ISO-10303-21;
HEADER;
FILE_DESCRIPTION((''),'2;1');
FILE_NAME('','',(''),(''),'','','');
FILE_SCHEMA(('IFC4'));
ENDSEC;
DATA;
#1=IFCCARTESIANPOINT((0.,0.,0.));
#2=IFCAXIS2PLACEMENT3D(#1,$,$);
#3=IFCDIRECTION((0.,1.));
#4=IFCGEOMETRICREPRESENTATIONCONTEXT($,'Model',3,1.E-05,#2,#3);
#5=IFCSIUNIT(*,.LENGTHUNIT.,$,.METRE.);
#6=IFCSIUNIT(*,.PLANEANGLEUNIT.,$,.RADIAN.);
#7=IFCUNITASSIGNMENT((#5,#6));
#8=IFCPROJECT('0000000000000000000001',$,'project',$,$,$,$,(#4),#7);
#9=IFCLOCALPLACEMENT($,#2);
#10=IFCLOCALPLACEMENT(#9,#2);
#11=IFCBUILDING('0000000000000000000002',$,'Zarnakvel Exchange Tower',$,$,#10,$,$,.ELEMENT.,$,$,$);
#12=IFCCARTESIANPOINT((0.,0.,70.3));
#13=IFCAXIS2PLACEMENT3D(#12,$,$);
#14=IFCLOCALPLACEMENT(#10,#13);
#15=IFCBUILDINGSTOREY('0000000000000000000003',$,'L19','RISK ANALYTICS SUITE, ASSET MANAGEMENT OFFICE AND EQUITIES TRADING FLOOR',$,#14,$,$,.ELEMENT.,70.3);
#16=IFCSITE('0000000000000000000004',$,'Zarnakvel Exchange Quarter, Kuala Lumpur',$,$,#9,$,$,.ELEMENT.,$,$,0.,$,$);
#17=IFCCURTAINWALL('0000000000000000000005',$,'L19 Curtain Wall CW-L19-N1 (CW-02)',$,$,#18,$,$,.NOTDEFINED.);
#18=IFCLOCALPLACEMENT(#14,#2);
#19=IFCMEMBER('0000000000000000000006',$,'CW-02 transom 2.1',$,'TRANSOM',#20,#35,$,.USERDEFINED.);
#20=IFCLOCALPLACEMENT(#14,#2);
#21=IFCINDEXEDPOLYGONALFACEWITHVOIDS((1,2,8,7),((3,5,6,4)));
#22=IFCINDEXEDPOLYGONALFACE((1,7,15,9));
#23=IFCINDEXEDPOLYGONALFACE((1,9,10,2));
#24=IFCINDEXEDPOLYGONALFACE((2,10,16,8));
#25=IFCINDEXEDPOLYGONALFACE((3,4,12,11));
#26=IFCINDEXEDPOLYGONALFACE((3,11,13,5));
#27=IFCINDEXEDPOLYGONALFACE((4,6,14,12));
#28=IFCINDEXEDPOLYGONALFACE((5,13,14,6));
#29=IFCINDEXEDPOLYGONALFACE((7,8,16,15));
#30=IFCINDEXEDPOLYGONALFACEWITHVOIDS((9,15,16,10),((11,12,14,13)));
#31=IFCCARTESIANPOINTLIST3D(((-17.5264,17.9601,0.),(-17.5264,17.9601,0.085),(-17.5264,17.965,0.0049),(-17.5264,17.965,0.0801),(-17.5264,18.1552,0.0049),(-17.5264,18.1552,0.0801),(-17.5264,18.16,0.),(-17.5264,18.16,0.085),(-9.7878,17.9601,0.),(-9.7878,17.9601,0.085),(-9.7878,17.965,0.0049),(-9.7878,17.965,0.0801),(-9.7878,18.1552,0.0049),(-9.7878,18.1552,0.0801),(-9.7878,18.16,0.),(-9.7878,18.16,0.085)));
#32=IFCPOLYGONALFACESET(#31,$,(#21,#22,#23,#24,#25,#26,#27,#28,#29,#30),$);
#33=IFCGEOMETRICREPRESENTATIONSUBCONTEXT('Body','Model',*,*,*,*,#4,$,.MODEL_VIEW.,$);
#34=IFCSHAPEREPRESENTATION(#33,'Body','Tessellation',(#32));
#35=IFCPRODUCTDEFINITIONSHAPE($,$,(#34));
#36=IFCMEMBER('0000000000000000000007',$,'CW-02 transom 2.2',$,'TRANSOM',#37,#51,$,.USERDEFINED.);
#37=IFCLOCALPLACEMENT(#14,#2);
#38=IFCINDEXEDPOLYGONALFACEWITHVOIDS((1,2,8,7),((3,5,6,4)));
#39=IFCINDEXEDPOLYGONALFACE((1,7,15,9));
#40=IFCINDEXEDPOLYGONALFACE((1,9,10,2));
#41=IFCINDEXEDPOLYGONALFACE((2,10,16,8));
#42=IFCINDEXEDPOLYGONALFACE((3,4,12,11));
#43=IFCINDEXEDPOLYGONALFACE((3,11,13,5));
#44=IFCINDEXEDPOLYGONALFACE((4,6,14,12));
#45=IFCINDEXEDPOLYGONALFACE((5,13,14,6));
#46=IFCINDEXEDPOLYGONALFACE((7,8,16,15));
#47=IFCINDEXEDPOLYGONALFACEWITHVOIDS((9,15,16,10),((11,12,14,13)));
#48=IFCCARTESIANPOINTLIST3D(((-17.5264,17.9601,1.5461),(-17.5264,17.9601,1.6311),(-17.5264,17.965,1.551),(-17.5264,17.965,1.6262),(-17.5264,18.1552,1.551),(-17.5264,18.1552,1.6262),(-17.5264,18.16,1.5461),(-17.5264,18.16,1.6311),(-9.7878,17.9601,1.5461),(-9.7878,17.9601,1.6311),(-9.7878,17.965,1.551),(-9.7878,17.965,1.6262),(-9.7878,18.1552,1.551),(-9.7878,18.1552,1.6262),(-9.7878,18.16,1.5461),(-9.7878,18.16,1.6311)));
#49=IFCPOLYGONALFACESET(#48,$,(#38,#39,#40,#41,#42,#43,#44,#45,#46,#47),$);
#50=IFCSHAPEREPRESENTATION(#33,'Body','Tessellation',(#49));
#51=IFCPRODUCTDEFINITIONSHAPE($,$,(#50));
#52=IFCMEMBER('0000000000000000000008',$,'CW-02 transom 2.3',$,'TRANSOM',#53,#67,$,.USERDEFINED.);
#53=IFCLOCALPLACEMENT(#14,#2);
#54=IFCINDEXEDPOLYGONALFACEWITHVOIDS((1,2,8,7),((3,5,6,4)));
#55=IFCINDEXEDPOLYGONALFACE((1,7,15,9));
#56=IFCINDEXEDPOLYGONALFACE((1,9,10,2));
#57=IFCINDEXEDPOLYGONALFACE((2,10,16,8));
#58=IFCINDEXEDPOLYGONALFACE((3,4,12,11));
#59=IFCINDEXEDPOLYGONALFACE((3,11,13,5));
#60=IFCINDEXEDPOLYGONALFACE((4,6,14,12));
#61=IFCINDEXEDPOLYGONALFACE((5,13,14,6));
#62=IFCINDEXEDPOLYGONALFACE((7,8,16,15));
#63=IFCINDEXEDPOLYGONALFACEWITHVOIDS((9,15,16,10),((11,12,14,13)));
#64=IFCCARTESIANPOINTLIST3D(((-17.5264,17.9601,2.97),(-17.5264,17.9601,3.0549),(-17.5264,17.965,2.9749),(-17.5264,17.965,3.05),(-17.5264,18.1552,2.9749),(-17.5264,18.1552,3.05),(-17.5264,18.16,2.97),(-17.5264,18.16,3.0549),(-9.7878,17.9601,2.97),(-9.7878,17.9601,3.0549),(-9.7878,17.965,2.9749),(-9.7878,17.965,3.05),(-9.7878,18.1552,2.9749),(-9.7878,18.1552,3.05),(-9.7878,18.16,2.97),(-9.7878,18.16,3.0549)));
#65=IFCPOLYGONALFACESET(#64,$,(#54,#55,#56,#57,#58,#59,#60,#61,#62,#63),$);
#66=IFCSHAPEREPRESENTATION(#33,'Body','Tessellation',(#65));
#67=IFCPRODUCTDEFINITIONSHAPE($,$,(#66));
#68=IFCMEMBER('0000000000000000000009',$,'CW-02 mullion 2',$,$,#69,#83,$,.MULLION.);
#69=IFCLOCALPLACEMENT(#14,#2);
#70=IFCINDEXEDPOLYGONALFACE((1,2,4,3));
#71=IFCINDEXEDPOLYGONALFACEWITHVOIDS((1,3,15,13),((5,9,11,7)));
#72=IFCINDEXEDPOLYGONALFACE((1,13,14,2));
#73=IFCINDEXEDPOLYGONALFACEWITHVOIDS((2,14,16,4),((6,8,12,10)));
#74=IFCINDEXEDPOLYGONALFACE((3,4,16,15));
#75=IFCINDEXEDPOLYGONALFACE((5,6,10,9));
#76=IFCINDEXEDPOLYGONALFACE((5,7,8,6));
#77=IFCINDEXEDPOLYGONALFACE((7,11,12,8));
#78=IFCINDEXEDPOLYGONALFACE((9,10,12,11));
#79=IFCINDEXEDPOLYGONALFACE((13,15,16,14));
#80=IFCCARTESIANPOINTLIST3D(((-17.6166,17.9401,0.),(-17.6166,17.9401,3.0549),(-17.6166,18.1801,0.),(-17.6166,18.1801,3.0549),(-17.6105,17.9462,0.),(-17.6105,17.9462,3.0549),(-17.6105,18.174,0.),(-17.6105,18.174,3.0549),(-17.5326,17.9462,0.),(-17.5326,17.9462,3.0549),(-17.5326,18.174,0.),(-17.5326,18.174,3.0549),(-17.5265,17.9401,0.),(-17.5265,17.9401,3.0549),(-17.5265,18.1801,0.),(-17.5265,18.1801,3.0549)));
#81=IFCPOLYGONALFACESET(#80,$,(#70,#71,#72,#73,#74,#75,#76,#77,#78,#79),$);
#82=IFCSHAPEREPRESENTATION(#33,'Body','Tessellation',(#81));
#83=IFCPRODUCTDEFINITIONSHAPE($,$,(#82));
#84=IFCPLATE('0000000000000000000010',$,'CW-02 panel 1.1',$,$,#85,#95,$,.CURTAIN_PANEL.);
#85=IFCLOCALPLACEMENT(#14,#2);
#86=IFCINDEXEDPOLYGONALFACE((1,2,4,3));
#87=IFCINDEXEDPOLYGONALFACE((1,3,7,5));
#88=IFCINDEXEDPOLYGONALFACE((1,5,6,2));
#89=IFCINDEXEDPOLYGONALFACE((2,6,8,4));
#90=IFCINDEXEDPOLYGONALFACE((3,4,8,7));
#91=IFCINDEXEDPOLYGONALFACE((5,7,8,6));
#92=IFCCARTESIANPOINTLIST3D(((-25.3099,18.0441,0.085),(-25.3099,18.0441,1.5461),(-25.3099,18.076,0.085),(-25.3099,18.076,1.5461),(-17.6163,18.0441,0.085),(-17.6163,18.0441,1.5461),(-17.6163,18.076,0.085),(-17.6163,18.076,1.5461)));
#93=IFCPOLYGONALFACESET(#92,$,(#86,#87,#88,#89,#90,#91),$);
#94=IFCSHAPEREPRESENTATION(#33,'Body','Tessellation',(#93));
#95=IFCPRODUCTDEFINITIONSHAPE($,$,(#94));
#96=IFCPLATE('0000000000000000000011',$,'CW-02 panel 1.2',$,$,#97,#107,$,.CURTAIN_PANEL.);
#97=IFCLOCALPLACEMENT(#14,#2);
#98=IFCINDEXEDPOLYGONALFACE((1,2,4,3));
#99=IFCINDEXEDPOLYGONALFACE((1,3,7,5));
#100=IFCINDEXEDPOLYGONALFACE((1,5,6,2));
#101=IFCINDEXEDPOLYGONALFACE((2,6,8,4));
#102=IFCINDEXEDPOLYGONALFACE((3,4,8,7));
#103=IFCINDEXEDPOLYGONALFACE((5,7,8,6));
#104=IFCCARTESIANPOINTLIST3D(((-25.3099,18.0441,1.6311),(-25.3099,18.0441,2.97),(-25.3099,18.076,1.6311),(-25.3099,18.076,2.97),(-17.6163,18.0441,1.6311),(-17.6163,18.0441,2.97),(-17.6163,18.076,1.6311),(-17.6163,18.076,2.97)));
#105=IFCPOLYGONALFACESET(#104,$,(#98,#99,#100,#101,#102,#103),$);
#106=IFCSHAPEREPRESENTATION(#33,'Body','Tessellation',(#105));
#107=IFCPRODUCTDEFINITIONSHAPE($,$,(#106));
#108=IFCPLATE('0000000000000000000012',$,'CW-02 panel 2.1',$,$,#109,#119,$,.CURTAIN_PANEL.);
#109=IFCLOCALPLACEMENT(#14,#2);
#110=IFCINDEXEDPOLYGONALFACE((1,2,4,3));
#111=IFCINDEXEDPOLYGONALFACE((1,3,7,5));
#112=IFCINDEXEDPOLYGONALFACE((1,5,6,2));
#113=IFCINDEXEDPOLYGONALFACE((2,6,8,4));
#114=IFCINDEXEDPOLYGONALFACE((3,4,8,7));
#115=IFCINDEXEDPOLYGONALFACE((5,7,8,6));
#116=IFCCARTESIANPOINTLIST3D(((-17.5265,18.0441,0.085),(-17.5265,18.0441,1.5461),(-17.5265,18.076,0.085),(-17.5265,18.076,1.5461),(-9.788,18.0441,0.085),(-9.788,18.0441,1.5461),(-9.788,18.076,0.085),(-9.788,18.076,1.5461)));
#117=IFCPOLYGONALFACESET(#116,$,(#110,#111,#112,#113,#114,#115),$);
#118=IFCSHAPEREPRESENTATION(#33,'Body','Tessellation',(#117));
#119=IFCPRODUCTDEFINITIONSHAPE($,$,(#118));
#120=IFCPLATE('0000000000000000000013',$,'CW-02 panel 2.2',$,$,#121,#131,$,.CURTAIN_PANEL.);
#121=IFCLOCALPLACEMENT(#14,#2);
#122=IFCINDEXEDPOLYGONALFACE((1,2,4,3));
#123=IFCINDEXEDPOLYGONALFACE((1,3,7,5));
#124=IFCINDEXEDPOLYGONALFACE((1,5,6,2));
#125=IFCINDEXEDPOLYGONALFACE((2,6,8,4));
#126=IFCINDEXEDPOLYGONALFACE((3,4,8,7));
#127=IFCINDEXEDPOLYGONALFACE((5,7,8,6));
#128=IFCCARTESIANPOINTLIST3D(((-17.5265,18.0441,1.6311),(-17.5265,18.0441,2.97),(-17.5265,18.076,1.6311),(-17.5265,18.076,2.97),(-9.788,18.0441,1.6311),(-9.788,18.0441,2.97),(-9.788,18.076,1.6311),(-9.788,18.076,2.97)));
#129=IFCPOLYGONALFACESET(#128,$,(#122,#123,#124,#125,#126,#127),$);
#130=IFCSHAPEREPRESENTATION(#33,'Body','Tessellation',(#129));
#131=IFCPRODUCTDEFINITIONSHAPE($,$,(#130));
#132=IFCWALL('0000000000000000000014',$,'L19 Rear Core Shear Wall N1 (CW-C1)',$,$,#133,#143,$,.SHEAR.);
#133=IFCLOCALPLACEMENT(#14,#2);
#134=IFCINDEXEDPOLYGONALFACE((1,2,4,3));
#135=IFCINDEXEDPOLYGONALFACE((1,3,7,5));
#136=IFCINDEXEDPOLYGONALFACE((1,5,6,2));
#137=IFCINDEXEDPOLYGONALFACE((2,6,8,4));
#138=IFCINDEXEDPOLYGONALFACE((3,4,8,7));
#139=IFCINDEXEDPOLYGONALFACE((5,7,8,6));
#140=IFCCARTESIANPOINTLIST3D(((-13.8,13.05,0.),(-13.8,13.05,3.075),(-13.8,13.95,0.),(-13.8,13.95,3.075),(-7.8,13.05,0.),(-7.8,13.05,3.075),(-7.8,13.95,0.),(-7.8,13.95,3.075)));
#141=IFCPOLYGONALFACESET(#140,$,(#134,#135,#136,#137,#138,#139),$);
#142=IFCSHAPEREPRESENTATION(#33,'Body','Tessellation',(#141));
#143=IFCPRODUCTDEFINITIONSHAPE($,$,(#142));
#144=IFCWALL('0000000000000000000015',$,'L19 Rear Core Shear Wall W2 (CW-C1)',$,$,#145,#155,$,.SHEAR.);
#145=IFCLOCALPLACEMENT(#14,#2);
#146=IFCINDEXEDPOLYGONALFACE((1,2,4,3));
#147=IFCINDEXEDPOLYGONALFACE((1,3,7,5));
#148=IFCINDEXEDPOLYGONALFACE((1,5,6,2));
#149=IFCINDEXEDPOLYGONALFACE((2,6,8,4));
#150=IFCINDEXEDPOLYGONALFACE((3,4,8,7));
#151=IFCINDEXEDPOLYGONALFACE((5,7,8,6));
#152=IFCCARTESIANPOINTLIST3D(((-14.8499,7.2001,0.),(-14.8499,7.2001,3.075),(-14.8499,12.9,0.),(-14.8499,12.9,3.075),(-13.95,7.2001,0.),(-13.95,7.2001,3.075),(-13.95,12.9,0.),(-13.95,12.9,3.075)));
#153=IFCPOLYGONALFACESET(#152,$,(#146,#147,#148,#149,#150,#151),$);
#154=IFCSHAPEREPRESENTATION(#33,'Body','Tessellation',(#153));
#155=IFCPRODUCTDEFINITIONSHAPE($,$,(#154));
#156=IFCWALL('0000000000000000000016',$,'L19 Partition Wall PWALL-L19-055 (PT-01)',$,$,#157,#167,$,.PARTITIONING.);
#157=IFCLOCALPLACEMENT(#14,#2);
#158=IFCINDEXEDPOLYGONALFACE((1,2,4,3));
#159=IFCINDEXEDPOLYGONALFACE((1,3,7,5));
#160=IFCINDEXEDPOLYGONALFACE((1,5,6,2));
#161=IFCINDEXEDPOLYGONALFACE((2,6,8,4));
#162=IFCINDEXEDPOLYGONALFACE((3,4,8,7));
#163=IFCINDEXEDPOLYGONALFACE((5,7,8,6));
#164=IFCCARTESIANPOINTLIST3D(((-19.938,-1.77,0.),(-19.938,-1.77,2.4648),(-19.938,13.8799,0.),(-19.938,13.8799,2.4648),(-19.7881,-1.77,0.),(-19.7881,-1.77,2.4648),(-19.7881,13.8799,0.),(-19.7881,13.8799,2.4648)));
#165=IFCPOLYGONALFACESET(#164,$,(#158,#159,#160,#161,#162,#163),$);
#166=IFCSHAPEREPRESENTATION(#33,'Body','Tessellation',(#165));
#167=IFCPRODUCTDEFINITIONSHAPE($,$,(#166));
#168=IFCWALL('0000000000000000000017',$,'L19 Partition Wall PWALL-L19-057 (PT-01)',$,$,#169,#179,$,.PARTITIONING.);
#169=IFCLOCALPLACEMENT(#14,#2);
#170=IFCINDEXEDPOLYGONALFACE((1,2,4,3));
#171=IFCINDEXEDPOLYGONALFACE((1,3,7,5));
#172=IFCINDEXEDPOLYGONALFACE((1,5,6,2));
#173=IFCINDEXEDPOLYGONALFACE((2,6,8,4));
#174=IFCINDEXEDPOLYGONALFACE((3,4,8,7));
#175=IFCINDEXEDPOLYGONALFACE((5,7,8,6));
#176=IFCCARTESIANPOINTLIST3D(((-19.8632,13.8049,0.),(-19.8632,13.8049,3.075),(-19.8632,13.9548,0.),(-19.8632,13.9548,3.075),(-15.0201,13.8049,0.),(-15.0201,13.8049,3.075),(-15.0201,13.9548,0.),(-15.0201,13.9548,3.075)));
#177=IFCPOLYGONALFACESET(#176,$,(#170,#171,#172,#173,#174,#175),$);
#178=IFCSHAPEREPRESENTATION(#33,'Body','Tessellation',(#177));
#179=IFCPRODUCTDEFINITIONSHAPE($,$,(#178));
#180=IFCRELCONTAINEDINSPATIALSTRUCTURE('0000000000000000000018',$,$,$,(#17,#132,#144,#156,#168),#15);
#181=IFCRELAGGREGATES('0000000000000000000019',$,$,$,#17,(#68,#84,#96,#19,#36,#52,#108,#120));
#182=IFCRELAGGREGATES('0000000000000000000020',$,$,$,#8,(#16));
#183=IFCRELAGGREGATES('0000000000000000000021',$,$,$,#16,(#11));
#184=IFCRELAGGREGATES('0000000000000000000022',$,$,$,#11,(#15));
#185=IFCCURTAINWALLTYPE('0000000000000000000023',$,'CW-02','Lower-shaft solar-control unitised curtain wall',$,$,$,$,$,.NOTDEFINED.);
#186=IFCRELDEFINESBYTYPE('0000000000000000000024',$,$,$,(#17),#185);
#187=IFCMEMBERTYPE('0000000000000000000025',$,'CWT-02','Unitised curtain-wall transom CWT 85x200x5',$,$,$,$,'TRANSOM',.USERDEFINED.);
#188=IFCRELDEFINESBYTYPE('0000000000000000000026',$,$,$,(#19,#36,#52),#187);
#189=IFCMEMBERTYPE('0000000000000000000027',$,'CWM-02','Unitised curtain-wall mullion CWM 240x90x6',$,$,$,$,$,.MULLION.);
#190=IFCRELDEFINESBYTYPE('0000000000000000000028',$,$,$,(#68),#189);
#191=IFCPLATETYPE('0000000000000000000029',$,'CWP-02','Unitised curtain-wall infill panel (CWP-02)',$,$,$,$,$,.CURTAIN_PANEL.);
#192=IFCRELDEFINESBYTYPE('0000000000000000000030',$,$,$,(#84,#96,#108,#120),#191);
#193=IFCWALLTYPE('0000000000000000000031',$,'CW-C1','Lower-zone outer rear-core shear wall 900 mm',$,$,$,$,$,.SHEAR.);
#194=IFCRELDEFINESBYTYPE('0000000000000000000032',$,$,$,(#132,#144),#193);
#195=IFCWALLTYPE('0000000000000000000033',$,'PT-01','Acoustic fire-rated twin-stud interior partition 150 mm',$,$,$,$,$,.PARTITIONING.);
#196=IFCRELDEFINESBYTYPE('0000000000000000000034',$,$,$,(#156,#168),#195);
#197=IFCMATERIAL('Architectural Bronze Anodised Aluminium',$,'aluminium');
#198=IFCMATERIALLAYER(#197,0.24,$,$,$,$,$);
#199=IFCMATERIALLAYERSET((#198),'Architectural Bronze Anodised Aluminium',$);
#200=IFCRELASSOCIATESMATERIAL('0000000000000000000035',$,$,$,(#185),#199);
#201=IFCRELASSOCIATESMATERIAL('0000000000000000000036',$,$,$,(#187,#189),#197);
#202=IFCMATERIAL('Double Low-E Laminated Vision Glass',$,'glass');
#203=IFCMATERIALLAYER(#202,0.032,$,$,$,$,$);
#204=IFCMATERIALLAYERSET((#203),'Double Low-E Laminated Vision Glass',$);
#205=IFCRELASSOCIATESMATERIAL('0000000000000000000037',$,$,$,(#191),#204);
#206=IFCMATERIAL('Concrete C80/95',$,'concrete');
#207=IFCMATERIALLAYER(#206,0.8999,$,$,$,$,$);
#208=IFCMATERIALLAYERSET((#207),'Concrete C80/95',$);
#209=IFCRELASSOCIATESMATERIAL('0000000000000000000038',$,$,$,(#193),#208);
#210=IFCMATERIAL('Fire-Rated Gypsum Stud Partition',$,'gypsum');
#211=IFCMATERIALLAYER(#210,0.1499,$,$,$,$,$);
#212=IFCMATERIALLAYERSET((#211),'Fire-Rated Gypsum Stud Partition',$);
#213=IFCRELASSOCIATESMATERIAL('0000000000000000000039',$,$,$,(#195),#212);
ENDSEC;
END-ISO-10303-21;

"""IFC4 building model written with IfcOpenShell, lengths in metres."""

from ifc_helpers import new_model, si_unit, direction, frame, frame_2d, origin, origin_2d, place, context, subcontext, project, spatial, rectangle, hollow_rectangle, extrude, source, transform, mapped, material, layer, layer_set, material_profile, profile_set, type_object, element, aggregate, save


model = new_model("IFC4")

# Units and contexts
model_context = context("Model", 3, precision=1e-05, world=origin(), true_north=direction((0.0, 1.0)))
body_context = subcontext(model_context, "Body", "Model", "MODEL_VIEW")
ifc_project = project(units=[si_unit("LENGTHUNIT", "METRE"), si_unit("PLANEANGLEUNIT", "RADIAN")], contexts=[model_context])

# Site, building, storey
site_placement = place(None, origin())
site = spatial("IfcSite", under=ifc_project, at=site_placement, Name="Zarnakvel Exchange Quarter, Kuala Lumpur", CompositionType="ELEMENT", RefElevation=0.0)
building_placement = place(site_placement, origin())
building = spatial("IfcBuilding", under=site, at=building_placement, Name="Zarnakvel Exchange Tower", CompositionType="ELEMENT")
storey_placement = place(building_placement, frame((0.0, 0.0, 70.3)))
storey = spatial("IfcBuildingStorey", under=building, at=storey_placement, Name="L19", Description="RISK ANALYTICS SUITE, ASSET MANAGEMENT OFFICE AND EQUITIES TRADING FLOOR", CompositionType="ELEMENT", Elevation=70.3)

# Shared definitions
ifc_material_1 = material(Name="Concrete C80/95", Category="concrete")

# Curtain wall, members, plates
ifc_material_2 = material(Name="Architectural Bronze Anodised Aluminium", Category="aluminium")
ifc_layer_1 = layer(ifc_material_2, 0.24)
ifc_layer_set_1 = layer_set([ifc_layer_1], Name="Architectural Bronze Anodised Aluminium")
curtain_wall_type = type_object("IfcCurtainWallType", Name="CW-02", Description="Lower-shaft solar-control unitised curtain wall", PredefinedType="NOTDEFINED", material=ifc_layer_set_1)
curtain_wall_placement = place(storey_placement, origin())
curtain_wall = element("IfcCurtainWall", 1, at=curtain_wall_placement, inside=storey, type_object=curtain_wall_type, Name="L19 Curtain Wall CW-L19-N1 (CW-02)", PredefinedType="NOTDEFINED")
ifc_material_profile_1 = material_profile(ifc_material_2, hollow_rectangle(XDim=0.2, YDim=0.085, WallThickness=0.0049, at=origin_2d()))
ifc_profile_set_1 = profile_set([ifc_material_profile_1], Name="Architectural Bronze Anodised Aluminium")
member_type_1 = type_object("IfcMemberType", Name="CWT-02", Description="Unitised curtain-wall transom CWT 85x200x5", ElementType="TRANSOM", PredefinedType="USERDEFINED", material=ifc_profile_set_1)
shared_shape_1 = source(origin(), body_context, "Body", "SweptSolid", [
    extrude(hollow_rectangle(XDim=0.2, YDim=0.085, WallThickness=0.0049, at=origin_2d()), origin(), (0.0, 0.0, 1.0), 7.7385),
])
member_1_placement = place(storey_placement, frame((-17.5264, 18.0601, 0.0425), z_axis=(1.0, 0.0, 0.0), x_axis=(0.0, 1.0, 0.0)))
member_1 = element("IfcMember", 2, at=member_1_placement, type_object=member_type_1, Name="CW-02 transom 2.1", ObjectType="TRANSOM", PredefinedType="USERDEFINED", context=body_context, shape_type="MappedRepresentation", body=[
    mapped(shared_shape_1, transform((0.0, 0.0, 0.0), x_axis=(1.0, 0.0, 0.0), y_axis=(0.0, 1.0, 0.0), z_axis=(0.0, 0.0, 1.0), scale=1.0)),
])
member_2_placement = place(storey_placement, frame((-17.5264, 18.0601, 1.5886), z_axis=(1.0, 0.0, 0.0), x_axis=(0.0, 1.0, 0.0)))
member_2 = element("IfcMember", 3, at=member_2_placement, type_object=member_type_1, Name="CW-02 transom 2.2", ObjectType="TRANSOM", PredefinedType="USERDEFINED", context=body_context, shape_type="MappedRepresentation", body=[
    mapped(shared_shape_1, transform((0.0, 0.0, 0.0), x_axis=(1.0, 0.0, 0.0), y_axis=(0.0, 1.0, 0.0), z_axis=(0.0, 0.0, 1.0), scale=1.0)),
])
member_3_placement = place(storey_placement, frame((-17.5264, 18.0601, 3.0125), z_axis=(1.0, 0.0, 0.0), x_axis=(0.0, 1.0, 0.0)))
member_3 = element("IfcMember", 4, at=member_3_placement, type_object=member_type_1, Name="CW-02 transom 2.3", ObjectType="TRANSOM", PredefinedType="USERDEFINED", context=body_context, shape_type="MappedRepresentation", body=[
    mapped(shared_shape_1, transform((0.0, 0.0, 0.0), x_axis=(1.0, 0.0, 0.0), y_axis=(0.0, 1.0, 0.0), z_axis=(0.0, 0.0, 1.0), scale=1.0)),
])
ifc_material_profile_2 = material_profile(ifc_material_2, hollow_rectangle(XDim=0.24, YDim=0.0901, WallThickness=0.0061, at=origin_2d()))
ifc_profile_set_2 = profile_set([ifc_material_profile_2], Name="Architectural Bronze Anodised Aluminium")
member_type_2 = type_object("IfcMemberType", Name="CWM-02", Description="Unitised curtain-wall mullion CWM 240x90x6", PredefinedType="MULLION", material=ifc_profile_set_2)
shared_shape_2 = source(origin(), body_context, "Body", "SweptSolid", [
    extrude(hollow_rectangle(XDim=0.24, YDim=0.0901, WallThickness=0.0061, at=origin_2d()), origin(), (0.0, 0.0, 1.0), 3.0549),
])
member_4_placement = place(storey_placement, frame((-17.5715, 18.0601, 0.0), z_axis=(0.0, 0.0, 1.0), x_axis=(0.0, 1.0, 0.0)))
member_4 = element("IfcMember", 5, at=member_4_placement, type_object=member_type_2, Name="CW-02 mullion 2", PredefinedType="MULLION", context=body_context, shape_type="MappedRepresentation", body=[
    mapped(shared_shape_2, transform((0.0, 0.0, 0.0), x_axis=(1.0, 0.0, 0.0), y_axis=(0.0, 1.0, 0.0), z_axis=(0.0, 0.0, 1.0), scale=1.0)),
])
ifc_material_3 = material(Name="Double Low-E Laminated Vision Glass", Category="glass")
ifc_layer_2 = layer(ifc_material_3, 0.032)
ifc_layer_set_2 = layer_set([ifc_layer_2], Name="Double Low-E Laminated Vision Glass")
plate_type = type_object("IfcPlateType", Name="CWP-02", Description="Unitised curtain-wall infill panel (CWP-02)", PredefinedType="CURTAIN_PANEL", material=ifc_layer_set_2)
shared_shape_3 = source(origin(), body_context, "Body", "SweptSolid", [
    extrude(rectangle(XDim=7.6936, YDim=0.032, at=origin_2d()), origin(), (0.0, 0.0, 1.0), 1.4612),
])
plate_1_placement = place(storey_placement, frame((-21.4631, 18.0601, 0.085), z_axis=(0.0, 0.0, 1.0), x_axis=(1.0, 0.0, 0.0)))
plate_1 = element("IfcPlate", 6, at=plate_1_placement, type_object=plate_type, Name="CW-02 panel 1.1", PredefinedType="CURTAIN_PANEL", context=body_context, shape_type="MappedRepresentation", body=[
    mapped(shared_shape_3, transform((0.0, 0.0, 0.0), x_axis=(1.0, 0.0, 0.0), y_axis=(0.0, 1.0, 0.0), z_axis=(0.0, 0.0, 1.0), scale=1.0)),
])
shared_shape_4 = source(origin(), body_context, "Body", "SweptSolid", [
    extrude(rectangle(XDim=7.6936, YDim=0.032, at=origin_2d()), origin(), (0.0, 0.0, 1.0), 1.3389),
])
plate_2_placement = place(storey_placement, frame((-21.4631, 18.0601, 1.6311), z_axis=(0.0, 0.0, 1.0), x_axis=(1.0, 0.0, 0.0)))
plate_2 = element("IfcPlate", 7, at=plate_2_placement, type_object=plate_type, Name="CW-02 panel 1.2", PredefinedType="CURTAIN_PANEL", context=body_context, shape_type="MappedRepresentation", body=[
    mapped(shared_shape_4, transform((0.0, 0.0, 0.0), x_axis=(1.0, 0.0, 0.0), y_axis=(0.0, 1.0, 0.0), z_axis=(0.0, 0.0, 1.0), scale=1.0)),
])
shared_shape_5 = source(origin(), body_context, "Body", "SweptSolid", [
    extrude(rectangle(XDim=7.7385, YDim=0.032, at=origin_2d()), origin(), (0.0, 0.0, 1.0), 1.4612),
])
plate_3_placement = place(storey_placement, frame((-13.6572, 18.0601, 0.085), z_axis=(0.0, 0.0, 1.0), x_axis=(1.0, 0.0, 0.0)))
plate_3 = element("IfcPlate", 8, at=plate_3_placement, type_object=plate_type, Name="CW-02 panel 2.1", PredefinedType="CURTAIN_PANEL", context=body_context, shape_type="MappedRepresentation", body=[
    mapped(shared_shape_5, transform((0.0, 0.0, 0.0), x_axis=(1.0, 0.0, 0.0), y_axis=(0.0, 1.0, 0.0), z_axis=(0.0, 0.0, 1.0), scale=1.0)),
])
shared_shape_6 = source(origin(), body_context, "Body", "SweptSolid", [
    extrude(rectangle(XDim=7.7385, YDim=0.032, at=origin_2d()), origin(), (0.0, 0.0, 1.0), 1.3389),
])
plate_4_placement = place(storey_placement, frame((-13.6572, 18.0601, 1.6311), z_axis=(0.0, 0.0, 1.0), x_axis=(1.0, 0.0, 0.0)))
plate_4 = element("IfcPlate", 9, at=plate_4_placement, type_object=plate_type, Name="CW-02 panel 2.2", PredefinedType="CURTAIN_PANEL", context=body_context, shape_type="MappedRepresentation", body=[
    mapped(shared_shape_6, transform((0.0, 0.0, 0.0), x_axis=(1.0, 0.0, 0.0), y_axis=(0.0, 1.0, 0.0), z_axis=(0.0, 0.0, 1.0), scale=1.0)),
])
aggregate(curtain_wall, [member_4, plate_1, plate_2, member_1, member_2, member_3, plate_3, plate_4])

# Walls
ifc_layer_3 = layer(ifc_material_1, 0.8999)
ifc_layer_set_3 = layer_set([ifc_layer_3], Name="Concrete C80/95")
wall_type_1 = type_object("IfcWallType", Name="CW-C1", Description="Lower-zone outer rear-core shear wall 900 mm", PredefinedType="SHEAR", material=ifc_layer_set_3)
wall_1_placement = place(storey_placement, frame((-13.8, 13.5, 0.0), z_axis=(0.0, 0.0, 1.0), x_axis=(1.0, 0.0, 0.0)))
element("IfcWall", 10, at=wall_1_placement, inside=storey, type_object=wall_type_1, Name="L19 Rear Core Shear Wall N1 (CW-C1)", PredefinedType="SHEAR", context=body_context, shape_type="SweptSolid", body=[
    extrude(rectangle(XDim=6.0, YDim=0.8999, at=frame_2d((3.0, 0.0))), origin(), (0.0, 0.0, 1.0), 3.075),
])
wall_2_placement = place(storey_placement, frame((-14.3999, 7.2, 0.0), z_axis=(0.0, 0.0, 1.0), x_axis=(0.0, 1.0, 0.0)))
element("IfcWall", 11, at=wall_2_placement, inside=storey, type_object=wall_type_1, Name="L19 Rear Core Shear Wall W2 (CW-C1)", PredefinedType="SHEAR", context=body_context, shape_type="SweptSolid", body=[
    extrude(rectangle(XDim=5.7, YDim=0.8999, at=frame_2d((2.8501, 0.0))), origin(), (0.0, 0.0, 1.0), 3.075),
])
ifc_material_4 = material(Name="Fire-Rated Gypsum Stud Partition", Category="gypsum")
ifc_layer_4 = layer(ifc_material_4, 0.1499)
ifc_layer_set_4 = layer_set([ifc_layer_4], Name="Fire-Rated Gypsum Stud Partition")
wall_type_2 = type_object("IfcWallType", Name="PT-01", Description="Acoustic fire-rated twin-stud interior partition 150 mm", PredefinedType="PARTITIONING", material=ifc_layer_set_4)
wall_3_placement = place(storey_placement, frame((-19.863, 13.8799, 0.0), z_axis=(0.0, 0.0, 1.0), x_axis=(0.0, -1.0, 0.0)))
element("IfcWall", 12, at=wall_3_placement, inside=storey, type_object=wall_type_2, Name="L19 Partition Wall PWALL-L19-055 (PT-01)", PredefinedType="PARTITIONING", context=body_context, shape_type="SweptSolid", body=[
    extrude(rectangle(XDim=15.6499, YDim=0.1499, at=frame_2d((7.825, 0.0))), origin(), (0.0, 0.0, 1.0), 2.4648),
])
wall_4_placement = place(storey_placement, frame((-19.863, 13.8799, 0.0), z_axis=(0.0, 0.0, 1.0), x_axis=(1.0, 0.0, 0.0)))
element("IfcWall", 13, at=wall_4_placement, inside=storey, type_object=wall_type_2, Name="L19 Partition Wall PWALL-L19-057 (PT-01)", PredefinedType="PARTITIONING", context=body_context, shape_type="SweptSolid", body=[
    extrude(rectangle(XDim=4.843, YDim=0.1499, at=frame_2d((2.4214, 0.0))), origin(), (0.0, 0.0, 1.0), 3.075),
])

save(model, "model.ifc")
